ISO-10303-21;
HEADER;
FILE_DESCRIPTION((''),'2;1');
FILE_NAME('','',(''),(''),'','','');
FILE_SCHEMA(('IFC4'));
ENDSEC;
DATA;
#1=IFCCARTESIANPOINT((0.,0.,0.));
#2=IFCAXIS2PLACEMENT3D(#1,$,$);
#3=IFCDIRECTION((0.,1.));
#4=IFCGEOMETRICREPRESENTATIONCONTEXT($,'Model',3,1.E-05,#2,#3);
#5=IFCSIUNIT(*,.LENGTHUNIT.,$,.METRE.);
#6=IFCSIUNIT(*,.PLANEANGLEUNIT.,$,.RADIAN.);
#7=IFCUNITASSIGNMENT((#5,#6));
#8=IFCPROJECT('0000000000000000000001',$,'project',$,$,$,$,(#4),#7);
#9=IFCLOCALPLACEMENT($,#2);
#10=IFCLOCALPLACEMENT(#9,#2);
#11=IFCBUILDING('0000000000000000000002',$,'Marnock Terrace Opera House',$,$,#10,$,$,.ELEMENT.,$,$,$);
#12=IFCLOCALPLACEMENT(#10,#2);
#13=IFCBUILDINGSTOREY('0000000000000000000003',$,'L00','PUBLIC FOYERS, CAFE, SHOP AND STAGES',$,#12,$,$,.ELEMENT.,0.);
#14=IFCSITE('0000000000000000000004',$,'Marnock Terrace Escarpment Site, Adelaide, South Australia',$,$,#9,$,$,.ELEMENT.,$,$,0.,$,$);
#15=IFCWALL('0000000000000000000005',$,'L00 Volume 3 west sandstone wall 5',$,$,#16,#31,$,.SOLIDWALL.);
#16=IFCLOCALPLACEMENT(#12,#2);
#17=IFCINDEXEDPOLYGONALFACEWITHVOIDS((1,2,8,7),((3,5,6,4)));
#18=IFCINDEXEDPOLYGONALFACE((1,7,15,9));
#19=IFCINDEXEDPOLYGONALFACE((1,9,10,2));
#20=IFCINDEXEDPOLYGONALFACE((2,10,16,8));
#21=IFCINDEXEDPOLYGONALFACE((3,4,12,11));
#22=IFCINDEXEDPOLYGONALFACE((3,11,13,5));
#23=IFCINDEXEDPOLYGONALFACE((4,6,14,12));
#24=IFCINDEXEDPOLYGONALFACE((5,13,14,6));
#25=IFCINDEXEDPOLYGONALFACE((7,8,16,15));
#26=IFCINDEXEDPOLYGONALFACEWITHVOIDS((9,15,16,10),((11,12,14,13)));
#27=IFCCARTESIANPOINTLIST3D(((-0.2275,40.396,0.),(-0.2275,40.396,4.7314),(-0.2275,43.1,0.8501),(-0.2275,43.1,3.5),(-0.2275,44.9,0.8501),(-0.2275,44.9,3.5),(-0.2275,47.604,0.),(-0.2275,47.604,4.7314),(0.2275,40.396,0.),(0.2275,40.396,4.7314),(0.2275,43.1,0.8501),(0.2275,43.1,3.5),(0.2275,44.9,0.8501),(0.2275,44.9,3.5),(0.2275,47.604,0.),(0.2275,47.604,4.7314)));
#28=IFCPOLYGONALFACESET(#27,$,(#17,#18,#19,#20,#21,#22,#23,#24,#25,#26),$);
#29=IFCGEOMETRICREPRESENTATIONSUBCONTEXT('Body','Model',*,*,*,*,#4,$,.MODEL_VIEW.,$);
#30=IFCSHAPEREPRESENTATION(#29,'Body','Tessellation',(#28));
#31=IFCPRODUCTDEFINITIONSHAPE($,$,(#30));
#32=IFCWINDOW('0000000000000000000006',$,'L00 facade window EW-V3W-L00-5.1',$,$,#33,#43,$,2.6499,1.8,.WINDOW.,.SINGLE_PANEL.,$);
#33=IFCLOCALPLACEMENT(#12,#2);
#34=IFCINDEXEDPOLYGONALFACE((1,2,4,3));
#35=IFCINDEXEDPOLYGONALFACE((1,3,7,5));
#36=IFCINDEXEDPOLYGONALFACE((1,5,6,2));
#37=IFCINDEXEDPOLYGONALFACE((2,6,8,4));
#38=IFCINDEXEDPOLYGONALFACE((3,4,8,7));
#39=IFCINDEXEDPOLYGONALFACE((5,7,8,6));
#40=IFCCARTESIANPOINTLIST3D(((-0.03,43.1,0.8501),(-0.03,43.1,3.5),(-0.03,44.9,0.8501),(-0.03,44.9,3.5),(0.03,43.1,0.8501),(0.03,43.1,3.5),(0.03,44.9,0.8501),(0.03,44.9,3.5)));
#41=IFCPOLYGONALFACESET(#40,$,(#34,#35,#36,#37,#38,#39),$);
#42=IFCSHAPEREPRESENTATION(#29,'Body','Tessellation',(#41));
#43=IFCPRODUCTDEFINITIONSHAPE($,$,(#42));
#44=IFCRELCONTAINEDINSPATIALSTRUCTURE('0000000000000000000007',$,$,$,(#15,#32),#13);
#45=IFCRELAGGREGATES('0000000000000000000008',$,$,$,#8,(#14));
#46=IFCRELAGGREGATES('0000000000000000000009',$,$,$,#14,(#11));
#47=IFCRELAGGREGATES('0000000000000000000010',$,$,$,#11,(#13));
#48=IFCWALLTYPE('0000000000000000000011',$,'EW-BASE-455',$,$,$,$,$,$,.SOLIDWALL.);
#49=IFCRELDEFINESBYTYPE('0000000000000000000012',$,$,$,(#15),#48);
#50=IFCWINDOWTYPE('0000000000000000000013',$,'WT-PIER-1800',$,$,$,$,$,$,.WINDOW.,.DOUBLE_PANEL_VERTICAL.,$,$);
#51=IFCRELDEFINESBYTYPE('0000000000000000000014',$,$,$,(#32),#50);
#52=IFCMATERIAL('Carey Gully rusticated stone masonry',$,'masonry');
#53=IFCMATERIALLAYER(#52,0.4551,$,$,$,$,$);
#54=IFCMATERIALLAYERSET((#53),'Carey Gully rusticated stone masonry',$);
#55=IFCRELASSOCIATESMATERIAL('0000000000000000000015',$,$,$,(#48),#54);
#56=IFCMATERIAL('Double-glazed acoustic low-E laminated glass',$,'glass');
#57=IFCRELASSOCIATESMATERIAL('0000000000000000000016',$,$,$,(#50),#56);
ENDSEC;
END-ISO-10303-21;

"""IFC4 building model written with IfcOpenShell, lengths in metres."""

from ifc_helpers import new_model, si_unit, direction, frame, frame_2d, origin, place, context, subcontext, project, spatial, rectangle, extrude, material, layer, layer_set, type_object, element, fill, save


model = new_model("IFC4")

# Units and contexts
model_context = context("Model", 3, precision=1e-05, world=origin(), true_north=direction((0.0, 1.0)))
body_context = subcontext(model_context, "Body", "Model", "MODEL_VIEW")
ifc_project = project(units=[si_unit("LENGTHUNIT", "METRE"), si_unit("PLANEANGLEUNIT", "RADIAN")], contexts=[model_context])

# Site, building, storey
site_placement = place(None, origin())
site = spatial("IfcSite", under=ifc_project, at=site_placement, Name="Marnock Terrace Escarpment Site, Adelaide, South Australia", CompositionType="ELEMENT", RefElevation=0.0)
building_placement = place(site_placement, origin())
building = spatial("IfcBuilding", under=site, at=building_placement, Name="Marnock Terrace Opera House", CompositionType="ELEMENT")
storey_placement = place(building_placement, origin())
storey = spatial("IfcBuildingStorey", under=building, at=storey_placement, Name="L00", Description="PUBLIC FOYERS, CAFE, SHOP AND STAGES", CompositionType="ELEMENT", Elevation=0.0)

# Wall, opening, window
ifc_material_1 = material(Name="Carey Gully rusticated stone masonry", Category="masonry")
ifc_layer = layer(ifc_material_1, 0.4551)
ifc_layer_set = layer_set([ifc_layer], Name="Carey Gully rusticated stone masonry")
wall_type = type_object("IfcWallType", Name="EW-BASE-455", PredefinedType="SOLIDWALL", material=ifc_layer_set)
wall_placement = place(storey_placement, frame((0.0, 40.396, 0.0), z_axis=(0.0, 0.0, 1.0), x_axis=(0.0, 1.0, 0.0)))
wall = element("IfcWall", 1, at=wall_placement, inside=storey, type_object=wall_type, Name="L00 Volume 3 west sandstone wall 5", PredefinedType="SOLIDWALL", context=body_context, shape_type="SweptSolid", body=[
    extrude(rectangle(XDim=7.208, YDim=0.4551, at=frame_2d((3.604, 0.0))), origin(), (0.0, 0.0, 1.0), 4.7314),
])
opening_placement = place(wall_placement, frame((2.7041, 0.0, 0.8501)))
opening = element("IfcOpeningElement", 2, at=opening_placement, cuts=wall, PredefinedType="OPENING", context=body_context, shape_type="SweptSolid", body=[
    extrude(rectangle(XDim=1.8, YDim=2.6499, at=frame_2d((0.8999, 1.325))), frame((0.0, 0.2375, 0.0), z_axis=(0.0, -1.0, 0.0), x_axis=(1.0, 0.0, 0.0)), (0.0, 0.0, 1.0), 0.4751),
])
ifc_material_2 = material(Name="Double-glazed acoustic low-E laminated glass", Category="glass")
window_type = type_object("IfcWindowType", Name="WT-PIER-1800", PartitioningType="DOUBLE_PANEL_VERTICAL", PredefinedType="WINDOW", material=ifc_material_2)
window_placement = place(opening_placement, origin())
window = element("IfcWindow", 3, at=window_placement, inside=storey, type_object=window_type, Name="L00 facade window EW-V3W-L00-5.1", OverallHeight=2.6499, OverallWidth=1.8, PartitioningType="SINGLE_PANEL", PredefinedType="WINDOW", context=body_context, shape_type="SweptSolid", body=[
    extrude(rectangle(XDim=1.8, YDim=2.6499, at=frame_2d((0.8999, 1.325))), frame((0.0, 0.03, 0.0), z_axis=(0.0, -1.0, 0.0), x_axis=(1.0, 0.0, 0.0)), (0.0, 0.0, 1.0), 0.0601),
])
fill(opening, window)

save(model, "model.ifc")
